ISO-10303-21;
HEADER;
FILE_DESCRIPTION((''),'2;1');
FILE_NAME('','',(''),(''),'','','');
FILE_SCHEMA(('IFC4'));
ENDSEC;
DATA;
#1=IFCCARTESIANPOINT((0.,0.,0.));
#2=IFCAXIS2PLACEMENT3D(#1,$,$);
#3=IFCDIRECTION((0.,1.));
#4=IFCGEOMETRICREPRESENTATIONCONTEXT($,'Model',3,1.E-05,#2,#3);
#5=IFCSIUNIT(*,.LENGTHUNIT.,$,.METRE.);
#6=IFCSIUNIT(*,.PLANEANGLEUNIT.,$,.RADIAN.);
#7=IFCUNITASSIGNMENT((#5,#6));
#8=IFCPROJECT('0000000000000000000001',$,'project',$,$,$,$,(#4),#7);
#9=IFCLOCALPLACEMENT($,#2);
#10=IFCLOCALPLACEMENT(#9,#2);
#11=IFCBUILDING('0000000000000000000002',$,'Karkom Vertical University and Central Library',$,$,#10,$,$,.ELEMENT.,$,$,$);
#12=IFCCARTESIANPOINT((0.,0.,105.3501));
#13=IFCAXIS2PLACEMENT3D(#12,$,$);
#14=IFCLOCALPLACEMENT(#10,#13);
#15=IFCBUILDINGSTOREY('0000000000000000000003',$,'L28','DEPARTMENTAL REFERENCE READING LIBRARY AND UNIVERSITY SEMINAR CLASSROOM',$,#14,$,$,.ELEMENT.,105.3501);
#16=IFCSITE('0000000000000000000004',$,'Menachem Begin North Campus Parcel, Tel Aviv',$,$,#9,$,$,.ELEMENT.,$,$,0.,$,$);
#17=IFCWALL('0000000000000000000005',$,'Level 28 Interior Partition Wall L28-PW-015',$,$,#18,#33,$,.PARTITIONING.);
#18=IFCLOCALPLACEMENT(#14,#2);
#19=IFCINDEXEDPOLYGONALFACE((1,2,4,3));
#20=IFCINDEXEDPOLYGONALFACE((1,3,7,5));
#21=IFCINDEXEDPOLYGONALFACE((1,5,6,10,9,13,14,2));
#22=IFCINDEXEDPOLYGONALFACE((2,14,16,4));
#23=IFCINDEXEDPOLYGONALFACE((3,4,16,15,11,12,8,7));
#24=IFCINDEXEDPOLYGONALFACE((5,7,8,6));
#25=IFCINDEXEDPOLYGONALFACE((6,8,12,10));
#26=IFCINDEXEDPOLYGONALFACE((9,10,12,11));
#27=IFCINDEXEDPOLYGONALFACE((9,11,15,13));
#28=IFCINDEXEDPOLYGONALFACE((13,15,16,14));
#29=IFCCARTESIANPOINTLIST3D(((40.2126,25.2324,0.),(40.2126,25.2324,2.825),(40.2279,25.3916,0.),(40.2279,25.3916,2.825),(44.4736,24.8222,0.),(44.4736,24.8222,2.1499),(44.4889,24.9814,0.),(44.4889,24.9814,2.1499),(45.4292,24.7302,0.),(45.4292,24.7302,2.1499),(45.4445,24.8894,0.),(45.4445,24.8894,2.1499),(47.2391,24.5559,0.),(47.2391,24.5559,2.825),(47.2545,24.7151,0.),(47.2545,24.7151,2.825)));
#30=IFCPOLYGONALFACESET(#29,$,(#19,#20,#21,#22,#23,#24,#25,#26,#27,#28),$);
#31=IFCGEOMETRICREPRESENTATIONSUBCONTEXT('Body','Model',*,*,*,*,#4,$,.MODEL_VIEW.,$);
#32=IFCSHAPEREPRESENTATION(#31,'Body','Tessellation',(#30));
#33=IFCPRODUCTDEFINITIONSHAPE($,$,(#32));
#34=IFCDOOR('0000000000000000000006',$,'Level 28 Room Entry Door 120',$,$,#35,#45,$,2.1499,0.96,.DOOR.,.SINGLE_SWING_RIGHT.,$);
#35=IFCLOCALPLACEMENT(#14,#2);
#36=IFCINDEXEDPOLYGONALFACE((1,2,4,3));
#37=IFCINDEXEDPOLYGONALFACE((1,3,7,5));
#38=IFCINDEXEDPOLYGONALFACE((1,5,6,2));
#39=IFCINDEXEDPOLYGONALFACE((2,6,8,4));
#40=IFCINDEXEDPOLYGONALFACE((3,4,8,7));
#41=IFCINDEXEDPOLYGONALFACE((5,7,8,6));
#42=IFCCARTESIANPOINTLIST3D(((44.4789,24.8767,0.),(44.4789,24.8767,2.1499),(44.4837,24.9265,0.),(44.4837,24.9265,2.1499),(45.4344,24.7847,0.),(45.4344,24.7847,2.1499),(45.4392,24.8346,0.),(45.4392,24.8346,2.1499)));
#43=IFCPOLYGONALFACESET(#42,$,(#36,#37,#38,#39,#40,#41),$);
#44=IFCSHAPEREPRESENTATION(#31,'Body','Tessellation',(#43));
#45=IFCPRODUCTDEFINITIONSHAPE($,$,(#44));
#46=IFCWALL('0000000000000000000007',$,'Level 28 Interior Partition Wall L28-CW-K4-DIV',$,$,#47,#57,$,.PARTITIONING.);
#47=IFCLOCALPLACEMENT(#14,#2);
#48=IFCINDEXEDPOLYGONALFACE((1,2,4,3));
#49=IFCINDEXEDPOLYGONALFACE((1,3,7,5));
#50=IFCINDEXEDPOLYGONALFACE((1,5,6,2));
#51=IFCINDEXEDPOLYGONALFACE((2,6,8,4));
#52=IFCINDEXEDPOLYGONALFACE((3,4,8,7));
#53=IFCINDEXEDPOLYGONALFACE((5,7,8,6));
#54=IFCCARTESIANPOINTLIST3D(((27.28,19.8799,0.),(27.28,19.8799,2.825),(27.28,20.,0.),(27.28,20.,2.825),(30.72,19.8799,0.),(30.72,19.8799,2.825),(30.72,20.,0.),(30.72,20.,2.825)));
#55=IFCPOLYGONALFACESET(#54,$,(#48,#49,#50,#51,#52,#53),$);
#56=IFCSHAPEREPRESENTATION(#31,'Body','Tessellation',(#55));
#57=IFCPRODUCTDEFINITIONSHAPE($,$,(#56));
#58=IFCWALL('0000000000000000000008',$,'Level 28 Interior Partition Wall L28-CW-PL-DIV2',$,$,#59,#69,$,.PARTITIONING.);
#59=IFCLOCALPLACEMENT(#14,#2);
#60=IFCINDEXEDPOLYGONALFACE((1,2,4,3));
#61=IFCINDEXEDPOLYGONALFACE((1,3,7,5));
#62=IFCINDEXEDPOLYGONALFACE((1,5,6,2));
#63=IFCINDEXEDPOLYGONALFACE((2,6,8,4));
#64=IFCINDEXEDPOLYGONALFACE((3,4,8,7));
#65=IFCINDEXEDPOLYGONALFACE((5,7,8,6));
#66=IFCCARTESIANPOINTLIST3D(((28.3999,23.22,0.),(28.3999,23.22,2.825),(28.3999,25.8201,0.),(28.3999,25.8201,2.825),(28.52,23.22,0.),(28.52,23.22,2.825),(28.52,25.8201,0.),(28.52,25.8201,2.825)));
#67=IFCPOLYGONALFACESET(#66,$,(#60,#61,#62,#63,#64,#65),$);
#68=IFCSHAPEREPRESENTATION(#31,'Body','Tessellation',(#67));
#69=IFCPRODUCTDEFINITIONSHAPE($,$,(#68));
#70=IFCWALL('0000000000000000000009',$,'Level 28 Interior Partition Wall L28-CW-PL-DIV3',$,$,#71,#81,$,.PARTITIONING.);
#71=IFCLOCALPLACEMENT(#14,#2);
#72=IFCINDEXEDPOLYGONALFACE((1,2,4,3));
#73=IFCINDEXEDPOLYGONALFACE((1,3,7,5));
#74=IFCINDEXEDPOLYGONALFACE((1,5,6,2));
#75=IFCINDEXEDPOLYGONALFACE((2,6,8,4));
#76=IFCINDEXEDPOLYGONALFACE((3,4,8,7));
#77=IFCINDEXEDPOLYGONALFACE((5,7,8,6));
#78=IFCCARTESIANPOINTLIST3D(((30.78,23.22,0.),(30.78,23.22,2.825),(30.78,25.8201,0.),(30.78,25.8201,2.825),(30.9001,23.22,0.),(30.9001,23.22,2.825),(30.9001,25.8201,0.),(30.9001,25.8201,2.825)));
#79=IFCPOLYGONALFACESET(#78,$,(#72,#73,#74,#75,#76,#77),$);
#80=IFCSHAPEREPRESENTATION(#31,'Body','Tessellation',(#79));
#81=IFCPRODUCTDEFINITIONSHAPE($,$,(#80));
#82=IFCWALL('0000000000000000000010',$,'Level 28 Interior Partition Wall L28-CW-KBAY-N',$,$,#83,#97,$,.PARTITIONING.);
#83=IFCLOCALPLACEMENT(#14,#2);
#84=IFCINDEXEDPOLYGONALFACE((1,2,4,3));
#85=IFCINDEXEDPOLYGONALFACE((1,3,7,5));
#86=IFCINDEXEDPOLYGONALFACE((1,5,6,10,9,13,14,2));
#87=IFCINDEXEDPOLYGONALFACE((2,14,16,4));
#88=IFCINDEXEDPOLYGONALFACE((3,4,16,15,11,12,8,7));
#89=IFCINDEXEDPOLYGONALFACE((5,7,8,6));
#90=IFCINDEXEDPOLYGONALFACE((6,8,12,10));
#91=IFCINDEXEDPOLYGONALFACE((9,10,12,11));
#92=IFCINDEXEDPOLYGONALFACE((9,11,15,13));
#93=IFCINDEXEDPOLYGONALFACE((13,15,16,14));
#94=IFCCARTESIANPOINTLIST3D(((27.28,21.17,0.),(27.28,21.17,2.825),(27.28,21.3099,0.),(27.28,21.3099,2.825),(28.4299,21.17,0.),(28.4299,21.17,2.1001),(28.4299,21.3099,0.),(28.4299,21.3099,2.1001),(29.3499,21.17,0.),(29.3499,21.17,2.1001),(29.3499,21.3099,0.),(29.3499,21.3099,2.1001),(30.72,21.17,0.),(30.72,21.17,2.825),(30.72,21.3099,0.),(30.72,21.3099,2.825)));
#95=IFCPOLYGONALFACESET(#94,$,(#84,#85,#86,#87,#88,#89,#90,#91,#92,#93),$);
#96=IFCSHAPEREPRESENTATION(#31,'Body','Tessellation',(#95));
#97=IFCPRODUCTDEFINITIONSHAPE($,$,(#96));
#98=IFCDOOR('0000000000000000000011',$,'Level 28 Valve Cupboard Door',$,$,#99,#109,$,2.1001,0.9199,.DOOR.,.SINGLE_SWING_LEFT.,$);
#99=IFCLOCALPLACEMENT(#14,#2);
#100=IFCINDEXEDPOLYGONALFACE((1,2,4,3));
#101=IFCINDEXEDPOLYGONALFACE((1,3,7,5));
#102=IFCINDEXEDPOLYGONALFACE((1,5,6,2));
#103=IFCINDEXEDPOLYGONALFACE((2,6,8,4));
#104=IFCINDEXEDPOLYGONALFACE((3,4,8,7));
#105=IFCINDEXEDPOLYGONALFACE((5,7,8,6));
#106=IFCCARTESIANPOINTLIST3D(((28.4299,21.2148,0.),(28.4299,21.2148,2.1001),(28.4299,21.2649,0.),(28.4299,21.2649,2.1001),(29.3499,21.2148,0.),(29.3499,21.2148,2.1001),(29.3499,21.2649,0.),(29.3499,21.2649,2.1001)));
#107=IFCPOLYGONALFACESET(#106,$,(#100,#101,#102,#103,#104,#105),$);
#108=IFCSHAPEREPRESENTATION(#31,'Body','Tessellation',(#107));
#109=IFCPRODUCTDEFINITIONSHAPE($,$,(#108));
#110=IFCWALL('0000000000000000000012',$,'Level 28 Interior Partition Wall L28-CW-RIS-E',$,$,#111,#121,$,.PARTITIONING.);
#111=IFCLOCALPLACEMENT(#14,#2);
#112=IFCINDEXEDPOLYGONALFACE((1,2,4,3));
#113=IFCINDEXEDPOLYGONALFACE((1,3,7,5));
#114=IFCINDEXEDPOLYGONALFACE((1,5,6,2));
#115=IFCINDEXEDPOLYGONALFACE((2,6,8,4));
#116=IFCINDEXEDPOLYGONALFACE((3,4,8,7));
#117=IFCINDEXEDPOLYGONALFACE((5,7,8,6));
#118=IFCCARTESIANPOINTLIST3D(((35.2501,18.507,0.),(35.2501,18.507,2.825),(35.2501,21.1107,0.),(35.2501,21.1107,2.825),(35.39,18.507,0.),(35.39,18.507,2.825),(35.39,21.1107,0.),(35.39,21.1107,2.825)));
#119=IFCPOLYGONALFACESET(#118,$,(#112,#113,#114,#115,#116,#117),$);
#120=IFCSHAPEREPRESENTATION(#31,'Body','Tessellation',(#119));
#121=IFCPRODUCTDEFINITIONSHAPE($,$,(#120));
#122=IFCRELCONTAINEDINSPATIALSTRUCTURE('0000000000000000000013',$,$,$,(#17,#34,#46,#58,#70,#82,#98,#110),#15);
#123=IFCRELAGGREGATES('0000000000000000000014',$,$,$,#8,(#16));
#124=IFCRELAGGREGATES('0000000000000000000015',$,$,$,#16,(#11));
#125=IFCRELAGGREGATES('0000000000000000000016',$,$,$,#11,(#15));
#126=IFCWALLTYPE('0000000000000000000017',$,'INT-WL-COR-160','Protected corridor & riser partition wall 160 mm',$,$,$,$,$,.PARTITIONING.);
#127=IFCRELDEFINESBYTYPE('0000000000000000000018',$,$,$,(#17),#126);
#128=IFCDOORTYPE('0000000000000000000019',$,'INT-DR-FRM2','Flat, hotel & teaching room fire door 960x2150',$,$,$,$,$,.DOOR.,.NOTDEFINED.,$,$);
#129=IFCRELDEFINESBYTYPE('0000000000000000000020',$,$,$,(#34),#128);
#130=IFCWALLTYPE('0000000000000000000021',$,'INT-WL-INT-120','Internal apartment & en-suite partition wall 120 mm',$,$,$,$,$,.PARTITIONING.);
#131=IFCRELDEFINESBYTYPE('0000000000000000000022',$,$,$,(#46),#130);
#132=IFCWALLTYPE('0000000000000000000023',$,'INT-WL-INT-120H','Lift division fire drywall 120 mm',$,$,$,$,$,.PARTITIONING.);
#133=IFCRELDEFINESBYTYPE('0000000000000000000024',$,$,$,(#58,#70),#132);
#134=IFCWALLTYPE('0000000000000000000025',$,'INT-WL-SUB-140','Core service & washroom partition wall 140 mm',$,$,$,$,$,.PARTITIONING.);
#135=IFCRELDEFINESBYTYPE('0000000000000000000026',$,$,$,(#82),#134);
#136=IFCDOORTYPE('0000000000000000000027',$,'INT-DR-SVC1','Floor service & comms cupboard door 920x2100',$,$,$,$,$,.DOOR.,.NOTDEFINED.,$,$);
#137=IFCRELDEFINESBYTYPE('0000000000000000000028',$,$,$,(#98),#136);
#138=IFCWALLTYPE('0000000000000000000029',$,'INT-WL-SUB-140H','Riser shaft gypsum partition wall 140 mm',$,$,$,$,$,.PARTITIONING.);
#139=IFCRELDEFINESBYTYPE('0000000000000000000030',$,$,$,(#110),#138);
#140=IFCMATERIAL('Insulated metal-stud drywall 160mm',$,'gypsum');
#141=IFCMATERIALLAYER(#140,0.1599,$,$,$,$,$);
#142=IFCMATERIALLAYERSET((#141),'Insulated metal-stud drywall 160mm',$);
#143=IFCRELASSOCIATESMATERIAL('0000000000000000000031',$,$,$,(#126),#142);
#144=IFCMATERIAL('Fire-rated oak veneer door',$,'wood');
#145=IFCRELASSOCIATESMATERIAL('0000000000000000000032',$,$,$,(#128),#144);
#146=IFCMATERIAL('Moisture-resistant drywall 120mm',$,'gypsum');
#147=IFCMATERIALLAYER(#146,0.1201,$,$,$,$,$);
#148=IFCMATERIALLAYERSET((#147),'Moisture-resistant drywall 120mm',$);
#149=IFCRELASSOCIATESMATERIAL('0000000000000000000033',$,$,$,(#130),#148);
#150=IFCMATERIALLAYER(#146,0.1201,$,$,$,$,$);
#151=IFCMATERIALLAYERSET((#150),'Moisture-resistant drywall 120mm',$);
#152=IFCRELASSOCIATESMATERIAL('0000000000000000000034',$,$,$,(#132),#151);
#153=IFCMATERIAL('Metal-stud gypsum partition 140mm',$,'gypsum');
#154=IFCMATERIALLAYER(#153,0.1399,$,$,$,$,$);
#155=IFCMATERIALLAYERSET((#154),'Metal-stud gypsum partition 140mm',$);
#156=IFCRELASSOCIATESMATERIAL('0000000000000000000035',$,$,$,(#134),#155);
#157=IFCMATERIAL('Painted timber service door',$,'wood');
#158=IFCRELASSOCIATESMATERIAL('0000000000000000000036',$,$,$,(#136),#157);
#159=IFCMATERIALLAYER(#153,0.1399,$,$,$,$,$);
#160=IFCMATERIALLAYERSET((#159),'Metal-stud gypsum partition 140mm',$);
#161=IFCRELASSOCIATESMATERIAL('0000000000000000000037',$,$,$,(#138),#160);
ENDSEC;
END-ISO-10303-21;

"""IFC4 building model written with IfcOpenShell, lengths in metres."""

from ifc_helpers import new_model, si_unit, direction, frame, frame_2d, origin, origin_with_axes, place, context, subcontext, project, spatial, rectangle, extrude, source, transform, mapped, material, layer, layer_set, type_object, element, fill, save


model = new_model("IFC4")

# Units and contexts
model_context = context("Model", 3, precision=1e-05, world=origin(), true_north=direction((0.0, 1.0)))
body_context = subcontext(model_context, "Body", "Model", "MODEL_VIEW")
ifc_project = project(units=[si_unit("LENGTHUNIT", "METRE"), si_unit("PLANEANGLEUNIT", "RADIAN")], contexts=[model_context])

# Site, building, storey
site_placement = place(None, origin())
site = spatial("IfcSite", under=ifc_project, at=site_placement, Name="Menachem Begin North Campus Parcel, Tel Aviv", CompositionType="ELEMENT", RefElevation=0.0)
building_placement = place(site_placement, origin())
building = spatial("IfcBuilding", under=site, at=building_placement, Name="Karkom Vertical University and Central Library", CompositionType="ELEMENT")
storey_placement = place(building_placement, frame((0.0, 0.0, 105.3501)))
storey = spatial("IfcBuildingStorey", under=building, at=storey_placement, Name="L28", Description="DEPARTMENTAL REFERENCE READING LIBRARY AND UNIVERSITY SEMINAR CLASSROOM", CompositionType="ELEMENT", Elevation=105.3501)

# Wall, opening, door
ifc_material_1 = material(Name="Insulated metal-stud drywall 160mm", Category="gypsum")
ifc_layer_1 = layer(ifc_material_1, 0.1599)
ifc_layer_set_1 = layer_set([ifc_layer_1], Name="Insulated metal-stud drywall 160mm")
wall_type_1 = type_object("IfcWallType", Name="INT-WL-COR-160", Description="Protected corridor & riser partition wall 160 mm", PredefinedType="PARTITIONING", material=ifc_layer_set_1)
wall_1_placement = place(storey_placement, frame((40.2202, 25.312, 0.0), z_axis=(0.0, 0.0, 1.0), x_axis=(0.995397, -0.095836, 0.0)))
wall_1 = element("IfcWall", 1, at=wall_1_placement, inside=storey, type_object=wall_type_1, Name="Level 28 Interior Partition Wall L28-PW-015", PredefinedType="PARTITIONING", context=body_context, shape_type="SweptSolid", body=[
    extrude(rectangle(XDim=7.0591, YDim=0.1599, at=frame_2d((3.5295, 0.0))), origin(), (0.0, 0.0, 1.0), 2.825),
])
opening_1_placement = place(wall_1_placement, frame((4.2808, 0.0, 0.0)))
opening_1 = element("IfcOpeningElement", 2, at=opening_1_placement, cuts=wall_1, PredefinedType="OPENING", context=body_context, shape_type="SweptSolid", body=[
    extrude(rectangle(XDim=0.96, YDim=2.1499, at=frame_2d((0.48, 1.075))), frame((0.0, 0.0898, 0.0), z_axis=(0.0, -1.0, 0.0), x_axis=(1.0, 0.0, 0.0)), (0.0, 0.0, 1.0), 0.1799),
])
ifc_material_2 = material(Name="Fire-rated oak veneer door", Category="wood")
door_type_1 = type_object("IfcDoorType", Name="INT-DR-FRM2", Description="Flat, hotel & teaching room fire door 960x2150", OperationType="NOTDEFINED", PredefinedType="DOOR", material=ifc_material_2)
shared_shape_1 = source(origin_with_axes(), body_context, "Body", "SweptSolid", [
    extrude(rectangle(XDim=0.96, YDim=2.1499, at=frame_2d((0.48, 1.075))), frame((0.0, 0.0249, 0.0), z_axis=(0.0, -1.0, 0.0), x_axis=(1.0, 0.0, 0.0)), (0.0, 0.0, 1.0), 0.05),
])
door_1_placement = place(opening_1_placement, origin())
door_1 = element("IfcDoor", 3, at=door_1_placement, inside=storey, type_object=door_type_1, Name="Level 28 Room Entry Door 120", OperationType="SINGLE_SWING_RIGHT", OverallHeight=2.1499, OverallWidth=0.96, PredefinedType="DOOR", context=body_context, shape_type="MappedRepresentation", body=[
    mapped(shared_shape_1, transform((0.0, 0.0, 0.0), scale=1.0)),
])
fill(opening_1, door_1)

# Walls
ifc_material_3 = material(Name="Moisture-resistant drywall 120mm", Category="gypsum")
ifc_layer_2 = layer(ifc_material_3, 0.1201)
ifc_layer_set_2 = layer_set([ifc_layer_2], Name="Moisture-resistant drywall 120mm")
wall_type_2 = type_object("IfcWallType", Name="INT-WL-INT-120", Description="Internal apartment & en-suite partition wall 120 mm", PredefinedType="PARTITIONING", material=ifc_layer_set_2)
wall_2_placement = place(storey_placement, frame((27.28, 19.9399, 0.0), z_axis=(0.0, 0.0, 1.0), x_axis=(1.0, 0.0, 0.0)))
element("IfcWall", 4, at=wall_2_placement, inside=storey, type_object=wall_type_2, Name="Level 28 Interior Partition Wall L28-CW-K4-DIV", PredefinedType="PARTITIONING", context=body_context, shape_type="SweptSolid", body=[
    extrude(rectangle(XDim=3.4399, YDim=0.1201, at=frame_2d((1.72, 0.0))), origin(), (0.0, 0.0, 1.0), 2.825),
])
ifc_layer_3 = layer(ifc_material_3, 0.1201)
ifc_layer_set_3 = layer_set([ifc_layer_3], Name="Moisture-resistant drywall 120mm")
wall_type_3 = type_object("IfcWallType", Name="INT-WL-INT-120H", Description="Lift division fire drywall 120 mm", PredefinedType="PARTITIONING", material=ifc_layer_set_3)
for number, where, z_axis, x_axis, name in (
    (5, (28.46, 23.22, 0.0), (0.0, 0.0, 1.0), (0.0, 1.0, 0.0), "Level 28 Interior Partition Wall L28-CW-PL-DIV2"),
    (6, (30.8401, 23.22, 0.0), (0.0, 0.0, 1.0), (0.0, 1.0, 0.0), "Level 28 Interior Partition Wall L28-CW-PL-DIV3"),
):
    element("IfcWall", number, at=place(storey_placement, frame(where, z_axis=z_axis, x_axis=x_axis)), inside=storey, type_object=wall_type_3, Name=name, PredefinedType="PARTITIONING", context=body_context, shape_type="SweptSolid", body=[
        extrude(rectangle(XDim=2.6001, YDim=0.1201, at=frame_2d((1.3, 0.0))), origin(), (0.0, 0.0, 1.0), 2.825),
    ])

# Wall, opening, door
ifc_material_4 = material(Name="Metal-stud gypsum partition 140mm", Category="gypsum")
ifc_layer_4 = layer(ifc_material_4, 0.1399)
ifc_layer_set_4 = layer_set([ifc_layer_4], Name="Metal-stud gypsum partition 140mm")
wall_type_4 = type_object("IfcWallType", Name="INT-WL-SUB-140", Description="Core service & washroom partition wall 140 mm", PredefinedType="PARTITIONING", material=ifc_layer_set_4)
wall_3_placement = place(storey_placement, frame((27.28, 21.24, 0.0), z_axis=(0.0, 0.0, 1.0), x_axis=(1.0, 0.0, 0.0)))
wall_3 = element("IfcWall", 7, at=wall_3_placement, inside=storey, type_object=wall_type_4, Name="Level 28 Interior Partition Wall L28-CW-KBAY-N", PredefinedType="PARTITIONING", context=body_context, shape_type="SweptSolid", body=[
    extrude(rectangle(XDim=3.4399, YDim=0.1399, at=frame_2d((1.72, 0.0))), origin(), (0.0, 0.0, 1.0), 2.825),
])
opening_2_placement = place(wall_3_placement, frame((1.1499, 0.0, 0.0)))
opening_2 = element("IfcOpeningElement", 8, at=opening_2_placement, cuts=wall_3, PredefinedType="OPENING", context=body_context, shape_type="SweptSolid", body=[
    extrude(rectangle(XDim=0.9199, YDim=2.1001, at=frame_2d((0.46, 1.05))), frame((0.0, 0.0801, 0.0), z_axis=(0.0, -1.0, 0.0), x_axis=(1.0, 0.0, 0.0)), (0.0, 0.0, 1.0), 0.1599),
])
ifc_material_5 = material(Name="Painted timber service door", Category="wood")
door_type_2 = type_object("IfcDoorType", Name="INT-DR-SVC1", Description="Floor service & comms cupboard door 920x2100", OperationType="NOTDEFINED", PredefinedType="DOOR", material=ifc_material_5)
shared_shape_2 = source(origin_with_axes(), body_context, "Body", "SweptSolid", [
    extrude(rectangle(XDim=0.9199, YDim=2.1001, at=frame_2d((0.46, 1.05))), frame((0.0, 0.0249, 0.0), z_axis=(0.0, -1.0, 0.0), x_axis=(1.0, 0.0, 0.0)), (0.0, 0.0, 1.0), 0.05),
])
door_2_placement = place(opening_2_placement, origin())
door_2 = element("IfcDoor", 9, at=door_2_placement, inside=storey, type_object=door_type_2, Name="Level 28 Valve Cupboard Door", OperationType="SINGLE_SWING_LEFT", OverallHeight=2.1001, OverallWidth=0.9199, PredefinedType="DOOR", context=body_context, shape_type="MappedRepresentation", body=[
    mapped(shared_shape_2, transform((0.0, 0.0, 0.0), scale=1.0)),
])
fill(opening_2, door_2)

# Wall
ifc_layer_5 = layer(ifc_material_4, 0.1399)
ifc_layer_set_5 = layer_set([ifc_layer_5], Name="Metal-stud gypsum partition 140mm")
wall_type_5 = type_object("IfcWallType", Name="INT-WL-SUB-140H", Description="Riser shaft gypsum partition wall 140 mm", PredefinedType="PARTITIONING", material=ifc_layer_set_5)
wall_4_placement = place(storey_placement, frame((35.3201, 18.5071, 0.0), z_axis=(0.0, 0.0, 1.0), x_axis=(0.0, 1.0, 0.0)))
element("IfcWall", 10, at=wall_4_placement, inside=storey, type_object=wall_type_5, Name="Level 28 Interior Partition Wall L28-CW-RIS-E", PredefinedType="PARTITIONING", context=body_context, shape_type="SweptSolid", body=[
    extrude(rectangle(XDim=2.6038, YDim=0.1399, at=frame_2d((1.3018, 0.0))), origin(), (0.0, 0.0, 1.0), 2.825),
])

save(model, "model.ifc")
